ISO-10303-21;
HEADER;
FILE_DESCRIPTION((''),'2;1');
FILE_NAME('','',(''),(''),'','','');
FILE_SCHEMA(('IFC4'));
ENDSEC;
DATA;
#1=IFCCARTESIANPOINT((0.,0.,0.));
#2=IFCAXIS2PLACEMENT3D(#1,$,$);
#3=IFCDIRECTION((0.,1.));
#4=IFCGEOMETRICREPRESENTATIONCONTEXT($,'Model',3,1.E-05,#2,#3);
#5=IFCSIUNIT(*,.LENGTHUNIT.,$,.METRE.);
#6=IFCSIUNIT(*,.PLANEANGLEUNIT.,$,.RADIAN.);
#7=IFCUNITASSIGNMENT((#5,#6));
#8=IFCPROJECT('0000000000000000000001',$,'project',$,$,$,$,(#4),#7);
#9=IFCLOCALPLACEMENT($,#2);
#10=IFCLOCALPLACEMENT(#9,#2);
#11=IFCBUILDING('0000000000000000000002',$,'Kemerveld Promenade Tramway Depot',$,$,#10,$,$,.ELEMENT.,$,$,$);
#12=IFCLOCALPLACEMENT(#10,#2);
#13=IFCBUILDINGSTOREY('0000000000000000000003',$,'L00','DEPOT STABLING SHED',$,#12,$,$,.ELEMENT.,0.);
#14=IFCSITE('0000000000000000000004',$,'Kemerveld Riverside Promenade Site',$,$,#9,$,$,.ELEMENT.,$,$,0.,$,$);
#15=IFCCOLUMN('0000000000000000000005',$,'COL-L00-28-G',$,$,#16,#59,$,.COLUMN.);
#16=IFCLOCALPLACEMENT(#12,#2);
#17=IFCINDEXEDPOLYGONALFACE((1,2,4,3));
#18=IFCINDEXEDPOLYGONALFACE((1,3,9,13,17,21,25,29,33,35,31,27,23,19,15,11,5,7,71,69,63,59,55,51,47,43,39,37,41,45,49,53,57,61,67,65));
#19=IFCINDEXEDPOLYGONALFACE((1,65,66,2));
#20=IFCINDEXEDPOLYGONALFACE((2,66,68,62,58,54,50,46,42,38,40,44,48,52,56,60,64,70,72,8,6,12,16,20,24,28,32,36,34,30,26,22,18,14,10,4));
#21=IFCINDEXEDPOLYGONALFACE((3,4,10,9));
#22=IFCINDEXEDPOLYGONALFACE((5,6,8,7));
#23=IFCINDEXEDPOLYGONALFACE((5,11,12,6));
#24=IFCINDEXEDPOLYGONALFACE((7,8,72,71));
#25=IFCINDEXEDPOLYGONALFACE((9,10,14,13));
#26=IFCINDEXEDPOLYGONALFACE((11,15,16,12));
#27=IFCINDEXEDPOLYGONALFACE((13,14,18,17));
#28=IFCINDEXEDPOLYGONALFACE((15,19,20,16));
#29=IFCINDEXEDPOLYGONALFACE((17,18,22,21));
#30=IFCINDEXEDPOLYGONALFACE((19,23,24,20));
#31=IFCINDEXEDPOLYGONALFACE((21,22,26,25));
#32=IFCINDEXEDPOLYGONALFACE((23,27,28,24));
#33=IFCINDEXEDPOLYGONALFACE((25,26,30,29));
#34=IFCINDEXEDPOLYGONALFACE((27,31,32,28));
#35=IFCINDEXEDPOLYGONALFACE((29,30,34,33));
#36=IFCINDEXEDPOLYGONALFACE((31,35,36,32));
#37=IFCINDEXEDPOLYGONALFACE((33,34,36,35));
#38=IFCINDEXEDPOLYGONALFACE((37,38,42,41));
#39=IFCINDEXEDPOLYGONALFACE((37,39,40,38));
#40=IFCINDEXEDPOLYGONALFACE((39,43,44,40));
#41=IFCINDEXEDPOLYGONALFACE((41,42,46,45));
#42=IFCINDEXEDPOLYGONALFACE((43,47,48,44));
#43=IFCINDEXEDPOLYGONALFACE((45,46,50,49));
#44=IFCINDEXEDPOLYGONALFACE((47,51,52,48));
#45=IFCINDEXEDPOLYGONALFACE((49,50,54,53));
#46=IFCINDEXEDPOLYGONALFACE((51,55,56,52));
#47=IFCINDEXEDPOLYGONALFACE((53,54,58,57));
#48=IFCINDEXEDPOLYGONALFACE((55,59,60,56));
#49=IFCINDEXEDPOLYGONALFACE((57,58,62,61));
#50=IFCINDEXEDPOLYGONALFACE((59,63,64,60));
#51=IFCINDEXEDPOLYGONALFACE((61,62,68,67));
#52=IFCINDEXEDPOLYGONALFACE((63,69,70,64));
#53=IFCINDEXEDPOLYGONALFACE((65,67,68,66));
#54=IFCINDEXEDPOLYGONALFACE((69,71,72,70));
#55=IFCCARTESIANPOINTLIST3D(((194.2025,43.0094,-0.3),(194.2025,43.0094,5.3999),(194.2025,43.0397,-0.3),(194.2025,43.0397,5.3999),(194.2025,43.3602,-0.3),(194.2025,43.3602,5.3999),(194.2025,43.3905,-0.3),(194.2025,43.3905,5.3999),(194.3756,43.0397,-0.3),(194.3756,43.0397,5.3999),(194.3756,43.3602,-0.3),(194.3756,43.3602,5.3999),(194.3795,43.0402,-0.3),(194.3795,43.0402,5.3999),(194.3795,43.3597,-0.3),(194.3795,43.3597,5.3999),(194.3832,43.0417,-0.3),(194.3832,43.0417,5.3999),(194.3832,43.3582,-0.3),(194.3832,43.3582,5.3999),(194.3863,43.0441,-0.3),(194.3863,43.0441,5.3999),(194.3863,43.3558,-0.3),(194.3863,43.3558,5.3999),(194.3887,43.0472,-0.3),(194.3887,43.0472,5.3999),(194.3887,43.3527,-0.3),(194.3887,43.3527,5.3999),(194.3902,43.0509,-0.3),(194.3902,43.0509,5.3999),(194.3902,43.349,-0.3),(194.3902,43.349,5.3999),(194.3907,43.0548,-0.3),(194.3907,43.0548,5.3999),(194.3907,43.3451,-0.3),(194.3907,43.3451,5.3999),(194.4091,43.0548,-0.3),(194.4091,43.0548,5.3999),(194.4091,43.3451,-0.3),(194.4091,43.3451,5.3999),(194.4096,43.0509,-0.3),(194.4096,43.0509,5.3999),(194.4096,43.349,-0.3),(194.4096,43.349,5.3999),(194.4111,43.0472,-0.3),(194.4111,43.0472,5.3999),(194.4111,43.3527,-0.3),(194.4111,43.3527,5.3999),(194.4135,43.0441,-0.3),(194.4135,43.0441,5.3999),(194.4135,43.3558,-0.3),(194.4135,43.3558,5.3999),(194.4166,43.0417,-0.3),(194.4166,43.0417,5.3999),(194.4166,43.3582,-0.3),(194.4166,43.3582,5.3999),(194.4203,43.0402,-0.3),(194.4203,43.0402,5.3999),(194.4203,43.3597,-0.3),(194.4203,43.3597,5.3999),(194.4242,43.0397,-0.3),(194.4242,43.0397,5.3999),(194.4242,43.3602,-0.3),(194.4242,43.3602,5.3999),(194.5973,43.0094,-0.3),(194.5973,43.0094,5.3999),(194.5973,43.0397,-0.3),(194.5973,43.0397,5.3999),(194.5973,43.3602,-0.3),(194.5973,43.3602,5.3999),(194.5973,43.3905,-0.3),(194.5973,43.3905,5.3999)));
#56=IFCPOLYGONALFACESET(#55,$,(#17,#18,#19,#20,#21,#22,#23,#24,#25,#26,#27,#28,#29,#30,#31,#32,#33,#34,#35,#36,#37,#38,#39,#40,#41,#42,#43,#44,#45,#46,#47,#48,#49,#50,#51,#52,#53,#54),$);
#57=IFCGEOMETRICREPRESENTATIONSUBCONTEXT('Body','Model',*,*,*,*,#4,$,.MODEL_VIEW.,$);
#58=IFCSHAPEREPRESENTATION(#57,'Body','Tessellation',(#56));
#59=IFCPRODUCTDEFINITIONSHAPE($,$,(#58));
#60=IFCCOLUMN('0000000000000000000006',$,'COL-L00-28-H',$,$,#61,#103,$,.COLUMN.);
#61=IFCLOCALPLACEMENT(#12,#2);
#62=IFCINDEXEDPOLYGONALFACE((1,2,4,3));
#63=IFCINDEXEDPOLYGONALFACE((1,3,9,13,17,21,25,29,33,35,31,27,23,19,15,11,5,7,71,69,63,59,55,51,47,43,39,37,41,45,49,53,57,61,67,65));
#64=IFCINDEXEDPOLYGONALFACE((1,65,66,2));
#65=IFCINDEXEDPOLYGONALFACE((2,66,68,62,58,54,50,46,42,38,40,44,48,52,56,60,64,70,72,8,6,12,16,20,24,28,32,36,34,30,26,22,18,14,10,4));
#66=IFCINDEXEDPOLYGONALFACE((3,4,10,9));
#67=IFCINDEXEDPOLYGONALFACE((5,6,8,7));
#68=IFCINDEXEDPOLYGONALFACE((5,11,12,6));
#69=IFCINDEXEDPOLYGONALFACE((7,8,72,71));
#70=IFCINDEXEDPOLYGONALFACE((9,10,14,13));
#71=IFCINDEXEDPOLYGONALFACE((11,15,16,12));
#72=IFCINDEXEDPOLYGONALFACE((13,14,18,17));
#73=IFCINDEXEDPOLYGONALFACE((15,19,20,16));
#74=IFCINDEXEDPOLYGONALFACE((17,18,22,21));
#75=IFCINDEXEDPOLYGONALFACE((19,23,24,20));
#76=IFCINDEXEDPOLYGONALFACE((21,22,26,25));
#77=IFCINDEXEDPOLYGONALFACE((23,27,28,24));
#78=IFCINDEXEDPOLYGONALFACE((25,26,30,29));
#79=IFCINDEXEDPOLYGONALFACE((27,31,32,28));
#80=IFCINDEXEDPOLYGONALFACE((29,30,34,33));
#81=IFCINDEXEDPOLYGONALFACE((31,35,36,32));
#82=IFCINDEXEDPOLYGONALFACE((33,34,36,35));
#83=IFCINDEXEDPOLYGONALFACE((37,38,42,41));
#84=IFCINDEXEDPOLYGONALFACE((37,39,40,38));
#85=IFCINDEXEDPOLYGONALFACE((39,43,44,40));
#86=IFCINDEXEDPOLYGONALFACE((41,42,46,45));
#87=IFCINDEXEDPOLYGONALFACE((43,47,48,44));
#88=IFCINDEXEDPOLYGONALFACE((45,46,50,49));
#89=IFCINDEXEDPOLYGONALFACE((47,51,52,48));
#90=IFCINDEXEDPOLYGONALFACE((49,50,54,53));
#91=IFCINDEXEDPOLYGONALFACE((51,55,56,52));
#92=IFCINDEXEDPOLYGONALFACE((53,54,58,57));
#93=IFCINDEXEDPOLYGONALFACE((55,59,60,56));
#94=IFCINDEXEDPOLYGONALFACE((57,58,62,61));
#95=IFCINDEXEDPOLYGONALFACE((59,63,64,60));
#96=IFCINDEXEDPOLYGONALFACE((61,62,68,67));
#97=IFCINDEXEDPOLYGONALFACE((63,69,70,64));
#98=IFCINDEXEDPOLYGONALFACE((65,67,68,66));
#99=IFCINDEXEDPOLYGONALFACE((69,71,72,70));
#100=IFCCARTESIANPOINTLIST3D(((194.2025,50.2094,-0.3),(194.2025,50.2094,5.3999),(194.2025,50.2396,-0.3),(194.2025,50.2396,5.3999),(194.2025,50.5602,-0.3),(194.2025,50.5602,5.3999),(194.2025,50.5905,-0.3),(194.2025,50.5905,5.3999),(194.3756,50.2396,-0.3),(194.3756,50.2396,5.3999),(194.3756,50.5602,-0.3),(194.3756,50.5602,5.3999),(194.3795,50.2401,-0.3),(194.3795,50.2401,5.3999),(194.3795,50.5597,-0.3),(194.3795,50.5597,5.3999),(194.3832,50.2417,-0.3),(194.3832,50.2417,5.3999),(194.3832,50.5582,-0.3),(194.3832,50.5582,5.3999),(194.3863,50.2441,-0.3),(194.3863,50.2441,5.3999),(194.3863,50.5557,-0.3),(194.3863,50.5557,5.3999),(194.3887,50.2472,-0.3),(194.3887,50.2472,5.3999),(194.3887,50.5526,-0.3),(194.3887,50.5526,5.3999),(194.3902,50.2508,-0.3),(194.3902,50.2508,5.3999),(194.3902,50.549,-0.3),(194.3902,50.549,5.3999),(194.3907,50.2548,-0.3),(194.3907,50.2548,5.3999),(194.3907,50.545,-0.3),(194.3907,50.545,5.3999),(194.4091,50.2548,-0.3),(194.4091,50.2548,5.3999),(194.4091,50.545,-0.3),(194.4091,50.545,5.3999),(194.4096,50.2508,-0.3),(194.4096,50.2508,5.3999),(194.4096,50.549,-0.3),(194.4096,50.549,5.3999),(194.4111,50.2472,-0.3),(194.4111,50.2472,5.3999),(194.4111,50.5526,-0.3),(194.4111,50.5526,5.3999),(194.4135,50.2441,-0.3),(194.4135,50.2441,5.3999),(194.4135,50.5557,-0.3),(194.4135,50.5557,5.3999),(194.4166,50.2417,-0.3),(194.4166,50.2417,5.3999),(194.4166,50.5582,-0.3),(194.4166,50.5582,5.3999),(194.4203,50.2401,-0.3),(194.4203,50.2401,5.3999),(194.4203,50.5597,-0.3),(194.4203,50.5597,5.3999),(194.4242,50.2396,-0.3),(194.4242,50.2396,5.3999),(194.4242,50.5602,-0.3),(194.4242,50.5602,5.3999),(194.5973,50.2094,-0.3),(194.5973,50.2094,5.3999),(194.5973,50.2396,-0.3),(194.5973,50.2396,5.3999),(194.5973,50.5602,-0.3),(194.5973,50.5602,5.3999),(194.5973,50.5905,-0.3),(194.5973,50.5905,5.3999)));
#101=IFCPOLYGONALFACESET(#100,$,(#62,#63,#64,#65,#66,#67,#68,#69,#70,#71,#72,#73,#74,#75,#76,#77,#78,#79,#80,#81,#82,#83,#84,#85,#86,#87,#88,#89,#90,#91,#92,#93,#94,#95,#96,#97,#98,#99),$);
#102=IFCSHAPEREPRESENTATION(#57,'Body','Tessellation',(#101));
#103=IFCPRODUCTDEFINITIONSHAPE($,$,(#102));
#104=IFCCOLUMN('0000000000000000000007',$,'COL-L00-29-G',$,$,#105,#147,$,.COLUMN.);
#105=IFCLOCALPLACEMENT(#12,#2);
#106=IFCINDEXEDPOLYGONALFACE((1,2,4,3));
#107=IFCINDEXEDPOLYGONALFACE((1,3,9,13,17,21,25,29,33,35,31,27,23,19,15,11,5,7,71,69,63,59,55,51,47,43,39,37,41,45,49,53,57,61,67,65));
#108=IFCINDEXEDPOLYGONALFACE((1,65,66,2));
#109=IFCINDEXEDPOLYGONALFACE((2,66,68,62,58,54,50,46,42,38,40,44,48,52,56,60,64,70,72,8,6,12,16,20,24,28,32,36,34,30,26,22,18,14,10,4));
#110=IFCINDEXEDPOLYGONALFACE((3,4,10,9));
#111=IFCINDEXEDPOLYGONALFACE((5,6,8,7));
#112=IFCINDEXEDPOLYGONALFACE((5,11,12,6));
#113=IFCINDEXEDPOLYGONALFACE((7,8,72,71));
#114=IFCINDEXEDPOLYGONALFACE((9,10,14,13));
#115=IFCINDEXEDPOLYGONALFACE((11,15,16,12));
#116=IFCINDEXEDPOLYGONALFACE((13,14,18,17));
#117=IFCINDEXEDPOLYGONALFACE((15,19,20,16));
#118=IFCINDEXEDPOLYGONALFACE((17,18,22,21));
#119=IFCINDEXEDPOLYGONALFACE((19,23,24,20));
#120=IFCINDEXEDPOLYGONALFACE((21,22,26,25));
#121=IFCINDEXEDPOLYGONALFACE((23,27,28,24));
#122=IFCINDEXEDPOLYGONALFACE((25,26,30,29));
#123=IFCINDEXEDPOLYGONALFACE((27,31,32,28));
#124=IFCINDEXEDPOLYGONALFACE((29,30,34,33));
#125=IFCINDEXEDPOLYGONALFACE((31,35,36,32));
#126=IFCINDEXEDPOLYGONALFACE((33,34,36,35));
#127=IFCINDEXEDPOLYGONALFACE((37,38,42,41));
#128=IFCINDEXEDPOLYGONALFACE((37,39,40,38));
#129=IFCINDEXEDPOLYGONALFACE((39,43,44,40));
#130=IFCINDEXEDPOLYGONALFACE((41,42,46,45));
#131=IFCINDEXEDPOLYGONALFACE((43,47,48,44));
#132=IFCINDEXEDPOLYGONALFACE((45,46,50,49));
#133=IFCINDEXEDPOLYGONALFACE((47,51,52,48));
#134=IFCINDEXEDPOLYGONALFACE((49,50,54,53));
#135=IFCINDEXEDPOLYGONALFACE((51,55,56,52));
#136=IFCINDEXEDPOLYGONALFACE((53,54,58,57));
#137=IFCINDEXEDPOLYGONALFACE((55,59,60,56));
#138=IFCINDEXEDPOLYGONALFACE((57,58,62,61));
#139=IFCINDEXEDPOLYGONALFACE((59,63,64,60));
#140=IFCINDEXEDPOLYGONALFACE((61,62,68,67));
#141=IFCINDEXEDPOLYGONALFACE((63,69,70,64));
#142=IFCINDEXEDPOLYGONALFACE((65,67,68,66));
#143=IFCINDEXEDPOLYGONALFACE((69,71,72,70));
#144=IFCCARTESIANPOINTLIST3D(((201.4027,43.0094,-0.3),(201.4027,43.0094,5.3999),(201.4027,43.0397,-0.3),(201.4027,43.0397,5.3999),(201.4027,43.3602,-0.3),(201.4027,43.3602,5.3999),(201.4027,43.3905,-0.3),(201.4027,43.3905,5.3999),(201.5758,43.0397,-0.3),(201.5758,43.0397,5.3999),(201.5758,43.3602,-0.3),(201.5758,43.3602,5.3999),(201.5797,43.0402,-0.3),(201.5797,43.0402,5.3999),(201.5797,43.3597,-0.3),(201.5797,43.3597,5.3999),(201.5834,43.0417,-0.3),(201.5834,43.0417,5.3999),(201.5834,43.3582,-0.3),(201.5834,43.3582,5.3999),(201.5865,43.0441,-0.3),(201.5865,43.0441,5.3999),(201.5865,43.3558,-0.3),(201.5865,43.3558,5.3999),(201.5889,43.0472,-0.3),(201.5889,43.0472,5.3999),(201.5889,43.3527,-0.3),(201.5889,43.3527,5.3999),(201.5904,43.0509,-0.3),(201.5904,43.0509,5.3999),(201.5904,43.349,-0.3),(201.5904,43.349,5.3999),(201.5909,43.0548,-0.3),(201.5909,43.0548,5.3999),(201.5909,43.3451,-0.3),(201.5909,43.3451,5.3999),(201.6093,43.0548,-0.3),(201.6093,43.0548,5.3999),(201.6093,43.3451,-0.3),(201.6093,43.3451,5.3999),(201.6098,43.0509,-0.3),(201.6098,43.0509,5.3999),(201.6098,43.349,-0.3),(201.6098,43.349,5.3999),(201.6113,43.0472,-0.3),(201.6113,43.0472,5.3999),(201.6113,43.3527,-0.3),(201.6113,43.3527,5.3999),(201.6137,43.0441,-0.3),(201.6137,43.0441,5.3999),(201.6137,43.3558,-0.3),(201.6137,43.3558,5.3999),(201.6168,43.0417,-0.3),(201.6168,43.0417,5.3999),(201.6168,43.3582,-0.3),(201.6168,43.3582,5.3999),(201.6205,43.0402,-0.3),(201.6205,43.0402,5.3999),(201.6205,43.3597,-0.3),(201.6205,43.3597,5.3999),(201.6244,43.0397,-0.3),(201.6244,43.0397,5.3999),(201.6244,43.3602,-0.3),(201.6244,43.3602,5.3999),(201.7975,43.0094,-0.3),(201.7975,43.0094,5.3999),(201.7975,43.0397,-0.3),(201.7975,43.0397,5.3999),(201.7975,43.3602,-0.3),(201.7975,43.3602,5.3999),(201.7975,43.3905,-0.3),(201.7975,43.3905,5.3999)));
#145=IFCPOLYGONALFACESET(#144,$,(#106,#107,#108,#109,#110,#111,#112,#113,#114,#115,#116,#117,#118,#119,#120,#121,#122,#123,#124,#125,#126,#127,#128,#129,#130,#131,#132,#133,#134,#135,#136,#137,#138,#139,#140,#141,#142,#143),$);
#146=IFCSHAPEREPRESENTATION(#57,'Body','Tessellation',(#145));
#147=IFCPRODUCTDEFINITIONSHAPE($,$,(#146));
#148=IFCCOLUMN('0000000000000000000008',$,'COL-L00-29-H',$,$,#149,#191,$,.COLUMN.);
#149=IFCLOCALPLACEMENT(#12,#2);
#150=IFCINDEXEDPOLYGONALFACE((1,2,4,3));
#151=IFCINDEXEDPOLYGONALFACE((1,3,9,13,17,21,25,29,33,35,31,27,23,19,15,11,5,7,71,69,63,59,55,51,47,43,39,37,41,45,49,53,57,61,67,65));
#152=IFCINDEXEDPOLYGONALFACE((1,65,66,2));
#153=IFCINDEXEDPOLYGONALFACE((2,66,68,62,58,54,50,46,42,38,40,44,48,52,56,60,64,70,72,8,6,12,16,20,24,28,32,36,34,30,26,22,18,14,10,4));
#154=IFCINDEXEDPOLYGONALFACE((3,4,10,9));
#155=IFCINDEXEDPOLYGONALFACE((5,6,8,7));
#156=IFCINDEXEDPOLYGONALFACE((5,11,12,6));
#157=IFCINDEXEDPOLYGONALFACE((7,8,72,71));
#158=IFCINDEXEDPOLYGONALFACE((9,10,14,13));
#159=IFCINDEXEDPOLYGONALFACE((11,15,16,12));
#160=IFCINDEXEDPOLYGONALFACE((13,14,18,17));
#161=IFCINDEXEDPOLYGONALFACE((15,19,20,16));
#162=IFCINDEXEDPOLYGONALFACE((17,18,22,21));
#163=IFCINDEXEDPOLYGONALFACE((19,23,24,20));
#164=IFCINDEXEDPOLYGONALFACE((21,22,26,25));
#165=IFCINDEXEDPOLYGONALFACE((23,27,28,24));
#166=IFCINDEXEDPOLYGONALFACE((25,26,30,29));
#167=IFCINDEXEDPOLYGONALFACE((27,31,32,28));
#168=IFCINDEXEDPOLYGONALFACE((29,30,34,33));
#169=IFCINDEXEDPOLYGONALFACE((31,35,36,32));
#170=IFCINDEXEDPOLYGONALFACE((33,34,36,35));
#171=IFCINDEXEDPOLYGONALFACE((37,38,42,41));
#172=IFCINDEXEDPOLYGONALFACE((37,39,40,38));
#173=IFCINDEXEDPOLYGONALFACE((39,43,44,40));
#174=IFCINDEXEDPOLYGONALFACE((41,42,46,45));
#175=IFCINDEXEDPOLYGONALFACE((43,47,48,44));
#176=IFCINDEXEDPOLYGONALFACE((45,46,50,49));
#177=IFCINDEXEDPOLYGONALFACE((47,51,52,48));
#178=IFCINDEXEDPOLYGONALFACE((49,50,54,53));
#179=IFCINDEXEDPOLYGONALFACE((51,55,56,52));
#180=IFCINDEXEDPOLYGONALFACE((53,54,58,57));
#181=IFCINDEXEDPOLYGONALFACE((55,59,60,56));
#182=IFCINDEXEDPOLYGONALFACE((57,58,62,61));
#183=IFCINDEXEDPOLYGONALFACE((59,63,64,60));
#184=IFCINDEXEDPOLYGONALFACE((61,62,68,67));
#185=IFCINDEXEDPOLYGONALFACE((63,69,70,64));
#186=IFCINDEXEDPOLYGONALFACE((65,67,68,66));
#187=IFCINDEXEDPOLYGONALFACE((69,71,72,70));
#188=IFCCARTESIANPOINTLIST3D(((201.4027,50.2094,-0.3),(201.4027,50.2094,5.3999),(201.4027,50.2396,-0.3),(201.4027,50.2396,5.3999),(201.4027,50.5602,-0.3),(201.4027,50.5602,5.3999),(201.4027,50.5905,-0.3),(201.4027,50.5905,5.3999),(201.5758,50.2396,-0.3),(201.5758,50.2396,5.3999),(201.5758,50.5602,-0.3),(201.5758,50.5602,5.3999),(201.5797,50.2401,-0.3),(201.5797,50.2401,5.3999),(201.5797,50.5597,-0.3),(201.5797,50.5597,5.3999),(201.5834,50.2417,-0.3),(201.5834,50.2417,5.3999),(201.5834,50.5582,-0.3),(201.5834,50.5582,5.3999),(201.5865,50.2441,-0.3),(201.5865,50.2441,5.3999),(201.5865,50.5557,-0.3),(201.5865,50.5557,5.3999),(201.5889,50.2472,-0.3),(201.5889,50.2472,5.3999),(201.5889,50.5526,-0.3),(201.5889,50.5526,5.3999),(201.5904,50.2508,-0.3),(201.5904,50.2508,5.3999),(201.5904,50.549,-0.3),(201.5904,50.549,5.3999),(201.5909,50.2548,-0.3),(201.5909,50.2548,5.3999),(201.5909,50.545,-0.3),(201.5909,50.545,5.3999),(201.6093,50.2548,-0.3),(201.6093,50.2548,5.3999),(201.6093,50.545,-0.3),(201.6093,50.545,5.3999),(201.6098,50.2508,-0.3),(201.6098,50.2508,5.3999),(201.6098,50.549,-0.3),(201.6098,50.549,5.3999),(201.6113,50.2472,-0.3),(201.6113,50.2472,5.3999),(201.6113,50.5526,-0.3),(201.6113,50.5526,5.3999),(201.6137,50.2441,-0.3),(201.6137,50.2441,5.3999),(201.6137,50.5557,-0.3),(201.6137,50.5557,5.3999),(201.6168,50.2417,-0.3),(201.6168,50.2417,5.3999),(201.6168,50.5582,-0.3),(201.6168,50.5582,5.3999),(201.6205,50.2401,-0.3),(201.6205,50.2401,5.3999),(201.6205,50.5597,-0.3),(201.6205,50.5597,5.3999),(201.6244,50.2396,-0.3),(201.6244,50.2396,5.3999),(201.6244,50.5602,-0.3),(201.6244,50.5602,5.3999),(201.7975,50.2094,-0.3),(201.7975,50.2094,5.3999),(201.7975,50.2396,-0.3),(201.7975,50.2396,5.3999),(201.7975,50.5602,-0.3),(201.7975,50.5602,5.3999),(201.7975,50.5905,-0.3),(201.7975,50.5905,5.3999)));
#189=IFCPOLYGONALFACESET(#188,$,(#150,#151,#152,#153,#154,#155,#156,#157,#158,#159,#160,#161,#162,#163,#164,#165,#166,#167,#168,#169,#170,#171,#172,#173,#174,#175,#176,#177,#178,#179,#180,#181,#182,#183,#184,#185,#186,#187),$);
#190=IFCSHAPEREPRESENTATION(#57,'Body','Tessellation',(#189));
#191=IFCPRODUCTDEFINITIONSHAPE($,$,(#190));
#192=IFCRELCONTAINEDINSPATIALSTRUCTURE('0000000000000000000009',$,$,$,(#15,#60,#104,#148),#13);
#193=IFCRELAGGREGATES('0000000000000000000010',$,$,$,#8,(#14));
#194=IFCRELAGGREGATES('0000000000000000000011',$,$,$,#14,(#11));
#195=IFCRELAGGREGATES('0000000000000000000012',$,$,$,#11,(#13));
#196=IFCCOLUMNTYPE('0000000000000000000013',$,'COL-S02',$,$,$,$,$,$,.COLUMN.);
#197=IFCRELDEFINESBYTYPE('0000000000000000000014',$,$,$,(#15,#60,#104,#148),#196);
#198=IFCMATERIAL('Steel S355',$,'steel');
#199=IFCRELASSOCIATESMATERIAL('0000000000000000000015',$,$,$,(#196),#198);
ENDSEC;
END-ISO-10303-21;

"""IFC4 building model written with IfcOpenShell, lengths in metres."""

from ifc_helpers import new_model, si_unit, direction, frame, origin, origin_2d, place, context, subcontext, project, spatial, i_section, extrude, material, material_profile, profile_set, type_object, element, save


model = new_model("IFC4")

# Units and contexts
model_context = context("Model", 3, precision=1e-05, world=origin(), true_north=direction((0.0, 1.0)))
body_context = subcontext(model_context, "Body", "Model", "MODEL_VIEW")
ifc_project = project(units=[si_unit("LENGTHUNIT", "METRE"), si_unit("PLANEANGLEUNIT", "RADIAN")], contexts=[model_context])

# Site, building, storey
site_placement = place(None, origin())
site = spatial("IfcSite", under=ifc_project, at=site_placement, Name="Kemerveld Riverside Promenade Site", CompositionType="ELEMENT", RefElevation=0.0)
building_placement = place(site_placement, origin())
building = spatial("IfcBuilding", under=site, at=building_placement, Name="Kemerveld Promenade Tramway Depot", CompositionType="ELEMENT")
storey_placement = place(building_placement, origin())
storey = spatial("IfcBuildingStorey", under=building, at=storey_placement, Name="L00", Description="DEPOT STABLING SHED", CompositionType="ELEMENT", Elevation=0.0)

# Columns
ifc_material_1 = material(Name="Steel S355", Category="steel")
ifc_material_profile_1 = material_profile(ifc_material_1, i_section(OverallWidth=0.3948, OverallDepth=0.3811, WebThickness=0.0183, FlangeThickness=0.0303, FilletRadius=0.0151, at=origin_2d()), Name="356x406x235 UC")
ifc_profile_set_1 = profile_set([ifc_material_profile_1], Name="Steel S355")
column_type = type_object("IfcColumnType", Name="COL-S02", PredefinedType="COLUMN", material=ifc_profile_set_1)
for number, where, z_axis, x_axis, name in (
    (1, (194.3999, 43.2, -0.3), (0.0, 0.0, 1.0), (1.0, 0.0, 0.0), "COL-L00-28-G"),
    (2, (194.3999, 50.3999, -0.3), (0.0, 0.0, 1.0), (1.0, 0.0, 0.0), "COL-L00-28-H"),
    (3, (201.6001, 43.2, -0.3), (0.0, 0.0, 1.0), (1.0, 0.0, 0.0), "COL-L00-29-G"),
    (4, (201.6001, 50.3999, -0.3), (0.0, 0.0, 1.0), (1.0, 0.0, 0.0), "COL-L00-29-H"),
):
    element("IfcColumn", number, at=place(storey_placement, frame(where, z_axis=z_axis, x_axis=x_axis)), inside=storey, type_object=column_type, Name=name, PredefinedType="COLUMN", context=body_context, shape_type="SweptSolid", body=[
        extrude(i_section(OverallWidth=0.3948, OverallDepth=0.3811, WebThickness=0.0183, FlangeThickness=0.0303, FilletRadius=0.0151, at=origin_2d()), origin(), (0.0, 0.0, 1.0), 5.7),
    ])

save(model, "model.ifc")
